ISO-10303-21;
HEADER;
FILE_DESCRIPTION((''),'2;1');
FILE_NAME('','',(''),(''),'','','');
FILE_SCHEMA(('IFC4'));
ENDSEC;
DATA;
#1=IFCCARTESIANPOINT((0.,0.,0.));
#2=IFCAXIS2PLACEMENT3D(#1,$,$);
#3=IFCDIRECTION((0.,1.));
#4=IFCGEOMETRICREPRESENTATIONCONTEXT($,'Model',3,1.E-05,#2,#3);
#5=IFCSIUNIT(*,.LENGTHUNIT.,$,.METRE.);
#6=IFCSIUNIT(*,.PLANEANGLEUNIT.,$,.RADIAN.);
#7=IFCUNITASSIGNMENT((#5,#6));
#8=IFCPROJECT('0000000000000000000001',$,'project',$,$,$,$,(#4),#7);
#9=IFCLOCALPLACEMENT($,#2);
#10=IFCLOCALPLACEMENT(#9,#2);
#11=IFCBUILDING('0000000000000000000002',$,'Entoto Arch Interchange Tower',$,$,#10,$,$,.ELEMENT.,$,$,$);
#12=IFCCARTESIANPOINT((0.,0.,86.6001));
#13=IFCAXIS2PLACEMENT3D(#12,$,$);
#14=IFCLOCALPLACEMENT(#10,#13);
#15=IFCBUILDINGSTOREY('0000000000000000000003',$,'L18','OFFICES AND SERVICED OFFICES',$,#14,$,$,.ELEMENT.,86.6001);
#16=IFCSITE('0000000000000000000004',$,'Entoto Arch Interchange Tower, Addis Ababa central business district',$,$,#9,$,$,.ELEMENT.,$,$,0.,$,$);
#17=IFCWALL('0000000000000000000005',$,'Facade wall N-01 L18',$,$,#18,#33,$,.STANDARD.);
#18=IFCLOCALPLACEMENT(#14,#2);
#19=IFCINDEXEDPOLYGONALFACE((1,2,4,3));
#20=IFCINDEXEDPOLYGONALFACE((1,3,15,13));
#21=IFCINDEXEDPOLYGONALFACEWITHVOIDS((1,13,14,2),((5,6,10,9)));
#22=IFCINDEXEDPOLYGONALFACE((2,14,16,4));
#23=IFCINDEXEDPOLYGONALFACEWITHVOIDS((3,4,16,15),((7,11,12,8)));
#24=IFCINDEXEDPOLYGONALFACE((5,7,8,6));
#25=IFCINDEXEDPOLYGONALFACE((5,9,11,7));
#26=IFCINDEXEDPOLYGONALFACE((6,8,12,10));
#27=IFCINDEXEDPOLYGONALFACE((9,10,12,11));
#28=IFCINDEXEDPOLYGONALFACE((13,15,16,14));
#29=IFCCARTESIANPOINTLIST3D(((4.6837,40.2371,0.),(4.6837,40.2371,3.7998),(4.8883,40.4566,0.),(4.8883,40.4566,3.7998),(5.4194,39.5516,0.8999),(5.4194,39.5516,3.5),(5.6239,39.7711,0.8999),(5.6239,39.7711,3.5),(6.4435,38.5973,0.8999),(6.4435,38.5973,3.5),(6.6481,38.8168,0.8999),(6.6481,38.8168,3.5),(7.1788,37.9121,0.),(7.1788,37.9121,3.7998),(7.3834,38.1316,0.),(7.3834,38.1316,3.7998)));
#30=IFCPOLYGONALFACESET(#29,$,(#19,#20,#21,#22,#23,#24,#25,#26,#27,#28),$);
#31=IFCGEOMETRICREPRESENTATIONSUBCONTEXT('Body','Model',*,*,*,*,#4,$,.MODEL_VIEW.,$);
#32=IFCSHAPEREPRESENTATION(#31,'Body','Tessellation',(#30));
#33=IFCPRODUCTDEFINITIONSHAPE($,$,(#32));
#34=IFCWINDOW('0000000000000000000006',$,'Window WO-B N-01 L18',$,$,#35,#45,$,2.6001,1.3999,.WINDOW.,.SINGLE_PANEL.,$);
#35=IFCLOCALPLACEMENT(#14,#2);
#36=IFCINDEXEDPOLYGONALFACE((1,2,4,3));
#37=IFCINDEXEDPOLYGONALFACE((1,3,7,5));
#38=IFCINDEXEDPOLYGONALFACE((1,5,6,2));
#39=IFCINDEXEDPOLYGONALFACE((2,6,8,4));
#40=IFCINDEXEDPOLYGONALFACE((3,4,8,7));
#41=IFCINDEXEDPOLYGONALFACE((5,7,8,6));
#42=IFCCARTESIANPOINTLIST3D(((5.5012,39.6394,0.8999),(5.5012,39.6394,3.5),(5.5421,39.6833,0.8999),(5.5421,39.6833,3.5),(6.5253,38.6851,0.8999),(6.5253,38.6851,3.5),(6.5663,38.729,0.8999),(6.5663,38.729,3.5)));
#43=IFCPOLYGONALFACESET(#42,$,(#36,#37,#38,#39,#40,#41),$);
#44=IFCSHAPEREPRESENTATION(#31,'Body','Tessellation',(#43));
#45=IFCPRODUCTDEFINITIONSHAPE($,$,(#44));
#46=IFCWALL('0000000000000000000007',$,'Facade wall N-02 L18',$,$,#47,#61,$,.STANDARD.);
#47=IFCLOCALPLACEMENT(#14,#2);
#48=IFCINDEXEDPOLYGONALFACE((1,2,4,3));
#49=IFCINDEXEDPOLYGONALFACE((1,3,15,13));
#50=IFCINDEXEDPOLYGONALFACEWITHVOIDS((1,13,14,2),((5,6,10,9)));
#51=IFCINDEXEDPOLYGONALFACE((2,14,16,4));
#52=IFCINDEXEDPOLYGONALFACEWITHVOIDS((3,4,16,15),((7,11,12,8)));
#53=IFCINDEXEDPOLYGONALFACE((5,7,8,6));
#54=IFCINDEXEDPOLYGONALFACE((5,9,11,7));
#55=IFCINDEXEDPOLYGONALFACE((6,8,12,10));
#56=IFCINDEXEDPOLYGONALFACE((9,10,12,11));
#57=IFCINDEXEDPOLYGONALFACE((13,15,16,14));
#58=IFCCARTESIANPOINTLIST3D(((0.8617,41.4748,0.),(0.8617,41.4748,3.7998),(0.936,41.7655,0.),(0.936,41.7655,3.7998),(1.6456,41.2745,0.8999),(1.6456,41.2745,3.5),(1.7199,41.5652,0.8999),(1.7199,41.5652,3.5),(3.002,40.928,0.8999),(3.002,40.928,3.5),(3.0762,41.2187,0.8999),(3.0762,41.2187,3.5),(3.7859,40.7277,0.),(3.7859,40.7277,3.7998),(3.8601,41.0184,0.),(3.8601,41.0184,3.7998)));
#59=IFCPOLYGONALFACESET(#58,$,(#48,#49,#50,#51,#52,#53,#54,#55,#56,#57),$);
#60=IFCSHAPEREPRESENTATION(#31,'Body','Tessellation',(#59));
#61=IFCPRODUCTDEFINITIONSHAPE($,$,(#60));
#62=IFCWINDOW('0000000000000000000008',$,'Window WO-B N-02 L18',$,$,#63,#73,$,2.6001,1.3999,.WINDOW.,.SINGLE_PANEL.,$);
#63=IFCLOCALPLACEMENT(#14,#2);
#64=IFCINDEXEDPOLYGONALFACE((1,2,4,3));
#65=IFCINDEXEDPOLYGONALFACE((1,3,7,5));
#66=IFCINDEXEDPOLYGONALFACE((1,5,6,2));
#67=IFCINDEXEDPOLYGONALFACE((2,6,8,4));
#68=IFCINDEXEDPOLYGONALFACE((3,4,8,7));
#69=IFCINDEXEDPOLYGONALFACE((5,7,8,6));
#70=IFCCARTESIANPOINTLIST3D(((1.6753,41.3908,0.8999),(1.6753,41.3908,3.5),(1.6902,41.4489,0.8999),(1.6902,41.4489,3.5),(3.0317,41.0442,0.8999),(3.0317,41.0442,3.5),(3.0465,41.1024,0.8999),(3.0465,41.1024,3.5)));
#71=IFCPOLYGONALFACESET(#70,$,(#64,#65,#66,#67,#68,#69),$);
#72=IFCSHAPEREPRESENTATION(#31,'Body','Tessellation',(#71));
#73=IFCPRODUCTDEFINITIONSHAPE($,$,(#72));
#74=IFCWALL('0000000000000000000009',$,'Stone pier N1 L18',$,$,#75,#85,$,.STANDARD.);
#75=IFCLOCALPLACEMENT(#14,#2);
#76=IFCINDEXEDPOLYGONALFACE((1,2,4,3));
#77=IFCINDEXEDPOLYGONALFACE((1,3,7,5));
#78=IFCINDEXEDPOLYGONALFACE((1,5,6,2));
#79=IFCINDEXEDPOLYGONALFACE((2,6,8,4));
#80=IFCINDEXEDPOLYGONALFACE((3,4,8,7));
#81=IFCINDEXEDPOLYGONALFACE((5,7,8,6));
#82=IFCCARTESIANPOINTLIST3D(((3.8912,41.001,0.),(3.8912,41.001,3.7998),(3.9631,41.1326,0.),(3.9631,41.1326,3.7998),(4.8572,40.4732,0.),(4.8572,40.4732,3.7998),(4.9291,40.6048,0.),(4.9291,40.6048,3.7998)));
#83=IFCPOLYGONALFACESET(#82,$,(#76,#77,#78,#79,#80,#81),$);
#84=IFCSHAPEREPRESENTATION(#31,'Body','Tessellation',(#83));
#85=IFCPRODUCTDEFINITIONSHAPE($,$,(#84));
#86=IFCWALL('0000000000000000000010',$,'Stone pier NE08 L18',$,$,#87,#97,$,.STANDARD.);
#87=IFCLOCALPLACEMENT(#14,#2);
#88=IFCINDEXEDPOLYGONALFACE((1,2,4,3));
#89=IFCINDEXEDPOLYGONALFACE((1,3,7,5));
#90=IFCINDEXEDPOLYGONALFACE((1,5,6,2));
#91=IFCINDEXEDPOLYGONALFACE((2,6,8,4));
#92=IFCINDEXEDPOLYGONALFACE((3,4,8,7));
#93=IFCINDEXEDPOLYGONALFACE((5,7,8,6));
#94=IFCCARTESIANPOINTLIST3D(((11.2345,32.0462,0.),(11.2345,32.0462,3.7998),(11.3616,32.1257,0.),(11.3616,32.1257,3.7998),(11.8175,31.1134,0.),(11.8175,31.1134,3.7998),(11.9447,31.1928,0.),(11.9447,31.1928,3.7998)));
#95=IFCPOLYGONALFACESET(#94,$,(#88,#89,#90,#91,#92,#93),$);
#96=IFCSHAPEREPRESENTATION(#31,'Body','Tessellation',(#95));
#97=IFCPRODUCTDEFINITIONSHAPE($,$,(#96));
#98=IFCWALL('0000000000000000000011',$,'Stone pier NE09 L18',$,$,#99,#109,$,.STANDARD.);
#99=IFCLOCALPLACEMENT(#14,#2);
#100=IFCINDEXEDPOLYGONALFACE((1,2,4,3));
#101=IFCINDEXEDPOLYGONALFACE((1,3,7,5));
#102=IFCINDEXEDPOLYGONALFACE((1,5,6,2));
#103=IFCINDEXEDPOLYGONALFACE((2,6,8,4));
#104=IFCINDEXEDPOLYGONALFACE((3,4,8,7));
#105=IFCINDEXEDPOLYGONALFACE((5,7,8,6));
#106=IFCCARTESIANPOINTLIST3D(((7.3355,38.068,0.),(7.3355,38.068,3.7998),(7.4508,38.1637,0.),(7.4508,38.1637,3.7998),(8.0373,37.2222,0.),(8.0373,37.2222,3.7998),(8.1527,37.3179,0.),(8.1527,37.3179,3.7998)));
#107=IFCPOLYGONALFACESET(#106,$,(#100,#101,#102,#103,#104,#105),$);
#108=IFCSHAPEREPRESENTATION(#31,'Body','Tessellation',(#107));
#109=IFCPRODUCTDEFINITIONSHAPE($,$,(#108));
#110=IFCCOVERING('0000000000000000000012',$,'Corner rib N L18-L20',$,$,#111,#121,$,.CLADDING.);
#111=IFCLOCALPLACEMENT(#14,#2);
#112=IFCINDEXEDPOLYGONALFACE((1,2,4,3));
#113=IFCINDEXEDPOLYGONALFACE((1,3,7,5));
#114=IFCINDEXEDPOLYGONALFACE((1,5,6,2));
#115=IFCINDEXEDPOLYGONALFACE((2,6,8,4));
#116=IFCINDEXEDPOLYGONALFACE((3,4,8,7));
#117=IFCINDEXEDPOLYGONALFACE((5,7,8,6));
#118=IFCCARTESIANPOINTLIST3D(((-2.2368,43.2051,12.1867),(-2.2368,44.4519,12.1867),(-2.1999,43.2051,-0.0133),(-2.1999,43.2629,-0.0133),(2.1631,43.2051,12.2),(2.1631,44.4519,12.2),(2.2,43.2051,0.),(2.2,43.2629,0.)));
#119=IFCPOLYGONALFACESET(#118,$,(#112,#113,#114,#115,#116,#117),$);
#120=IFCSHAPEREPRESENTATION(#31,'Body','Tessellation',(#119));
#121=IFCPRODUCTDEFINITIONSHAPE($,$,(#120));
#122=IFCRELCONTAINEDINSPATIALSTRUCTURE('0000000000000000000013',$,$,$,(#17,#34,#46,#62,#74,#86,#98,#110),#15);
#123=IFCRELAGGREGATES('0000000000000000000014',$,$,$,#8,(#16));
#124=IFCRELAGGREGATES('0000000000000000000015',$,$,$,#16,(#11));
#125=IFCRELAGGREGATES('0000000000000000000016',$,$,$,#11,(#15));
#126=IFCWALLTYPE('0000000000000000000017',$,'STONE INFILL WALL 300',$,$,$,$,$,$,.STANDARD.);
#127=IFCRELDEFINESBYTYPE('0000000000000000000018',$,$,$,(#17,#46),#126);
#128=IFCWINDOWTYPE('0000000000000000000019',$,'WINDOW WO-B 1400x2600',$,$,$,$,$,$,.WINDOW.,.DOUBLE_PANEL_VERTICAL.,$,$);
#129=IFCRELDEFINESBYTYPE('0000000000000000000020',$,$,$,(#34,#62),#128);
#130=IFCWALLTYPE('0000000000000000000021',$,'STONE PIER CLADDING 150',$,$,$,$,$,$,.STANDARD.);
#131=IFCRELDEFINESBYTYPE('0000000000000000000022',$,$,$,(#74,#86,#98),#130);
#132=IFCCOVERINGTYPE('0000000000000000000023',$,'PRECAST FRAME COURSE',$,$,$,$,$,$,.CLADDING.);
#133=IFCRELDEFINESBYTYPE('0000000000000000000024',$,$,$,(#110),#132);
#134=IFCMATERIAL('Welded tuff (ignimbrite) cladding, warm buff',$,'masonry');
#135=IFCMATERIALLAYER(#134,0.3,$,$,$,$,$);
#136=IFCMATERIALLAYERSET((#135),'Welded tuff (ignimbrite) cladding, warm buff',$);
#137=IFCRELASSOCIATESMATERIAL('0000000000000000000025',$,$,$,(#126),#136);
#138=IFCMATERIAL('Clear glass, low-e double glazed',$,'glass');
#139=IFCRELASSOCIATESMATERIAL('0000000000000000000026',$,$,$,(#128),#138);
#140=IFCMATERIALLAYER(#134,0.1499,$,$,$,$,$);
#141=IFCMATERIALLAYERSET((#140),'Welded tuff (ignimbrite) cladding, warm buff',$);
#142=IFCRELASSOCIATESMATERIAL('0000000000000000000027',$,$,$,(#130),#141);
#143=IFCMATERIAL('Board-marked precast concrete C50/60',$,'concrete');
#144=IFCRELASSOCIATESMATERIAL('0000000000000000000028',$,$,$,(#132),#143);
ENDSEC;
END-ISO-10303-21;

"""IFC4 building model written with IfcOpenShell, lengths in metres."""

from ifc_helpers import new_model, si_unit, direction, frame, frame_2d, origin, place, context, subcontext, project, spatial, polyline, rectangle, outline, extrude, material, layer, layer_set, type_object, element, fill, save


model = new_model("IFC4")

# Units and contexts
model_context = context("Model", 3, precision=1e-05, world=origin(), true_north=direction((0.0, 1.0)))
body_context = subcontext(model_context, "Body", "Model", "MODEL_VIEW")
ifc_project = project(units=[si_unit("LENGTHUNIT", "METRE"), si_unit("PLANEANGLEUNIT", "RADIAN")], contexts=[model_context])

# Site, building, storey
site_placement = place(None, origin())
site = spatial("IfcSite", under=ifc_project, at=site_placement, Name="Entoto Arch Interchange Tower, Addis Ababa central business district", CompositionType="ELEMENT", RefElevation=0.0)
building_placement = place(site_placement, origin())
building = spatial("IfcBuilding", under=site, at=building_placement, Name="Entoto Arch Interchange Tower", CompositionType="ELEMENT")
storey_placement = place(building_placement, frame((0.0, 0.0, 86.6001)))
storey = spatial("IfcBuildingStorey", under=building, at=storey_placement, Name="L18", Description="OFFICES AND SERVICED OFFICES", CompositionType="ELEMENT", Elevation=86.6001)

# Shared definitions
ifc_material_1 = material(Name="Board-marked precast concrete C50/60", Category="concrete")

# Shared definitions
ifc_material_2 = material(Name="Welded tuff (ignimbrite) cladding, warm buff", Category="masonry")
ifc_layer_1 = layer(ifc_material_2, 0.3)
ifc_layer_set_1 = layer_set([ifc_layer_1], Name="Welded tuff (ignimbrite) cladding, warm buff")
wall_type_1 = type_object("IfcWallType", Name="STONE INFILL WALL 300", PredefinedType="STANDARD", material=ifc_layer_set_1)
ifc_material_3 = material(Name="Clear glass, low-e double glazed", Category="glass")

# Walls, openings, windows
wall_1_placement = place(storey_placement, frame((7.281, 38.022, 0.0), z_axis=(0.0, 0.0, 1.0), x_axis=(-0.731614, 0.681719, 0.0)))
wall_1 = element("IfcWall", 1, at=wall_1_placement, inside=storey, type_object=wall_type_1, Name="Facade wall N-01 L18", PredefinedType="STANDARD", context=body_context, shape_type="SweptSolid", body=[
    extrude(rectangle(XDim=3.4104, YDim=0.3, at=frame_2d((1.7051, 0.0))), origin(), (0.0, 0.0, 1.0), 3.7998),
])
opening_1_placement = place(wall_1_placement, frame((1.0049, 0.0, 0.8999)))
opening_1 = element("IfcOpeningElement", 2, at=opening_1_placement, cuts=wall_1, PredefinedType="OPENING", context=body_context, shape_type="SweptSolid", body=[
    extrude(rectangle(XDim=1.3999, YDim=2.6001, at=frame_2d((0.7, 1.3))), frame((0.0, 0.1602, 0.0), z_axis=(0.0, -1.0, 0.0), x_axis=(1.0, 0.0, 0.0)), (0.0, 0.0, 1.0), 0.3201),
])
window_type_1 = type_object("IfcWindowType", Name="WINDOW WO-B 1400x2600", PartitioningType="DOUBLE_PANEL_VERTICAL", PredefinedType="WINDOW", material=ifc_material_3)
window_1_placement = place(opening_1_placement, origin())
window_1 = element("IfcWindow", 3, at=window_1_placement, inside=storey, type_object=window_type_1, Name="Window WO-B N-01 L18", OverallHeight=2.6001, OverallWidth=1.3999, PartitioningType="SINGLE_PANEL", PredefinedType="WINDOW", context=body_context, shape_type="SweptSolid", body=[
    extrude(rectangle(XDim=1.3999, YDim=2.6001, at=frame_2d((0.7, 1.3))), frame((0.0, 0.03, 0.0), z_axis=(0.0, -1.0, 0.0), x_axis=(1.0, 0.0, 0.0)), (0.0, 0.0, 1.0), 0.0601),
])
fill(opening_1, window_1)
wall_2_placement = place(storey_placement, frame((3.823, 40.873, 0.0), z_axis=(0.0, 0.0, 1.0), x_axis=(-0.968878, 0.247538, 0.0)))
wall_2 = element("IfcWall", 4, at=wall_2_placement, inside=storey, type_object=wall_type_1, Name="Facade wall N-02 L18", PredefinedType="STANDARD", context=body_context, shape_type="SweptSolid", body=[
    extrude(rectangle(XDim=3.0181, YDim=0.3, at=frame_2d((1.509, 0.0))), origin(), (0.0, 0.0, 1.0), 3.7998),
])
opening_2_placement = place(wall_2_placement, frame((0.8091, 0.0, 0.8999)))
opening_2 = element("IfcOpeningElement", 5, at=opening_2_placement, cuts=wall_2, PredefinedType="OPENING", context=body_context, shape_type="SweptSolid", body=[
    extrude(rectangle(XDim=1.3999, YDim=2.6001, at=frame_2d((0.7, 1.3))), frame((0.0, 0.1602, 0.0), z_axis=(0.0, -1.0, 0.0), x_axis=(1.0, 0.0, 0.0)), (0.0, 0.0, 1.0), 0.3201),
])
window_2_placement = place(opening_2_placement, origin())
window_2 = element("IfcWindow", 6, at=window_2_placement, inside=storey, type_object=window_type_1, Name="Window WO-B N-02 L18", OverallHeight=2.6001, OverallWidth=1.3999, PartitioningType="SINGLE_PANEL", PredefinedType="WINDOW", context=body_context, shape_type="SweptSolid", body=[
    extrude(rectangle(XDim=1.3999, YDim=2.6001, at=frame_2d((0.7, 1.3))), frame((0.0, 0.03, 0.0), z_axis=(0.0, -1.0, 0.0), x_axis=(1.0, 0.0, 0.0)), (0.0, 0.0, 1.0), 0.0601),
])
fill(opening_2, window_2)

# Walls
ifc_layer_2 = layer(ifc_material_2, 0.1499)
ifc_layer_set_2 = layer_set([ifc_layer_2], Name="Welded tuff (ignimbrite) cladding, warm buff")
wall_type_2 = type_object("IfcWallType", Name="STONE PIER CLADDING 150", PredefinedType="STANDARD", material=ifc_layer_set_2)
wall_3_placement = place(storey_placement, frame((4.8931, 40.5391, 0.0), z_axis=(0.0, 0.0, 1.0), x_axis=(-0.877556, 0.479474, 0.0)))
element("IfcWall", 7, at=wall_3_placement, inside=storey, type_object=wall_type_2, Name="Stone pier N1 L18", PredefinedType="STANDARD", context=body_context, shape_type="SweptSolid", body=[
    extrude(rectangle(XDim=1.1008, YDim=0.1499, at=frame_2d((0.5503, 0.0))), origin(), (0.0, 0.0, 1.0), 3.7998),
])
wall_4_placement = place(storey_placement, frame((11.8811, 31.1531, 0.0), z_axis=(0.0, 0.0, 1.0), x_axis=(-0.529979, 0.848011, 0.0)))
element("IfcWall", 8, at=wall_4_placement, inside=storey, type_object=wall_type_2, Name="Stone pier NE08 L18", PredefinedType="STANDARD", context=body_context, shape_type="SweptSolid", body=[
    extrude(rectangle(XDim=1.1001, YDim=0.1499, at=frame_2d((0.55, 0.0))), origin(), (0.0, 0.0, 1.0), 3.7998),
])
wall_5_placement = place(storey_placement, frame((8.095, 37.27, 0.0), z_axis=(0.0, 0.0, 1.0), x_axis=(-0.638544, 0.769585, 0.0)))
element("IfcWall", 9, at=wall_5_placement, inside=storey, type_object=wall_type_2, Name="Stone pier NE09 L18", PredefinedType="STANDARD", context=body_context, shape_type="SweptSolid", body=[
    extrude(rectangle(XDim=1.0991, YDim=0.1499, at=frame_2d((0.5496, 0.0))), origin(), (0.0, 0.0, 1.0), 3.7998),
])

# Covering
covering_type = type_object("IfcCoveringType", Name="PRECAST FRAME COURSE", PredefinedType="CLADDING", material=ifc_material_1)
covering_placement = place(storey_placement, frame((2.2, 43.2051, 0.0), z_axis=(0.999995, 0.0, 0.003022), x_axis=(0.0, 1.0, 0.0)))
element("IfcCovering", 10, at=covering_placement, inside=storey, type_object=covering_type, Name="Corner rib N L18-L20", PredefinedType="CLADDING", context=body_context, shape_type="SweptSolid", body=[
    extrude(outline(polyline([(0.0, 0.0), (0.0579, 0.0), (1.2468, 12.2), (0.0, 12.2), (0.0, 0.0)])), origin(), (0.0, 0.0, -1.0), 4.3999),
])

save(model, "model.ifc")
